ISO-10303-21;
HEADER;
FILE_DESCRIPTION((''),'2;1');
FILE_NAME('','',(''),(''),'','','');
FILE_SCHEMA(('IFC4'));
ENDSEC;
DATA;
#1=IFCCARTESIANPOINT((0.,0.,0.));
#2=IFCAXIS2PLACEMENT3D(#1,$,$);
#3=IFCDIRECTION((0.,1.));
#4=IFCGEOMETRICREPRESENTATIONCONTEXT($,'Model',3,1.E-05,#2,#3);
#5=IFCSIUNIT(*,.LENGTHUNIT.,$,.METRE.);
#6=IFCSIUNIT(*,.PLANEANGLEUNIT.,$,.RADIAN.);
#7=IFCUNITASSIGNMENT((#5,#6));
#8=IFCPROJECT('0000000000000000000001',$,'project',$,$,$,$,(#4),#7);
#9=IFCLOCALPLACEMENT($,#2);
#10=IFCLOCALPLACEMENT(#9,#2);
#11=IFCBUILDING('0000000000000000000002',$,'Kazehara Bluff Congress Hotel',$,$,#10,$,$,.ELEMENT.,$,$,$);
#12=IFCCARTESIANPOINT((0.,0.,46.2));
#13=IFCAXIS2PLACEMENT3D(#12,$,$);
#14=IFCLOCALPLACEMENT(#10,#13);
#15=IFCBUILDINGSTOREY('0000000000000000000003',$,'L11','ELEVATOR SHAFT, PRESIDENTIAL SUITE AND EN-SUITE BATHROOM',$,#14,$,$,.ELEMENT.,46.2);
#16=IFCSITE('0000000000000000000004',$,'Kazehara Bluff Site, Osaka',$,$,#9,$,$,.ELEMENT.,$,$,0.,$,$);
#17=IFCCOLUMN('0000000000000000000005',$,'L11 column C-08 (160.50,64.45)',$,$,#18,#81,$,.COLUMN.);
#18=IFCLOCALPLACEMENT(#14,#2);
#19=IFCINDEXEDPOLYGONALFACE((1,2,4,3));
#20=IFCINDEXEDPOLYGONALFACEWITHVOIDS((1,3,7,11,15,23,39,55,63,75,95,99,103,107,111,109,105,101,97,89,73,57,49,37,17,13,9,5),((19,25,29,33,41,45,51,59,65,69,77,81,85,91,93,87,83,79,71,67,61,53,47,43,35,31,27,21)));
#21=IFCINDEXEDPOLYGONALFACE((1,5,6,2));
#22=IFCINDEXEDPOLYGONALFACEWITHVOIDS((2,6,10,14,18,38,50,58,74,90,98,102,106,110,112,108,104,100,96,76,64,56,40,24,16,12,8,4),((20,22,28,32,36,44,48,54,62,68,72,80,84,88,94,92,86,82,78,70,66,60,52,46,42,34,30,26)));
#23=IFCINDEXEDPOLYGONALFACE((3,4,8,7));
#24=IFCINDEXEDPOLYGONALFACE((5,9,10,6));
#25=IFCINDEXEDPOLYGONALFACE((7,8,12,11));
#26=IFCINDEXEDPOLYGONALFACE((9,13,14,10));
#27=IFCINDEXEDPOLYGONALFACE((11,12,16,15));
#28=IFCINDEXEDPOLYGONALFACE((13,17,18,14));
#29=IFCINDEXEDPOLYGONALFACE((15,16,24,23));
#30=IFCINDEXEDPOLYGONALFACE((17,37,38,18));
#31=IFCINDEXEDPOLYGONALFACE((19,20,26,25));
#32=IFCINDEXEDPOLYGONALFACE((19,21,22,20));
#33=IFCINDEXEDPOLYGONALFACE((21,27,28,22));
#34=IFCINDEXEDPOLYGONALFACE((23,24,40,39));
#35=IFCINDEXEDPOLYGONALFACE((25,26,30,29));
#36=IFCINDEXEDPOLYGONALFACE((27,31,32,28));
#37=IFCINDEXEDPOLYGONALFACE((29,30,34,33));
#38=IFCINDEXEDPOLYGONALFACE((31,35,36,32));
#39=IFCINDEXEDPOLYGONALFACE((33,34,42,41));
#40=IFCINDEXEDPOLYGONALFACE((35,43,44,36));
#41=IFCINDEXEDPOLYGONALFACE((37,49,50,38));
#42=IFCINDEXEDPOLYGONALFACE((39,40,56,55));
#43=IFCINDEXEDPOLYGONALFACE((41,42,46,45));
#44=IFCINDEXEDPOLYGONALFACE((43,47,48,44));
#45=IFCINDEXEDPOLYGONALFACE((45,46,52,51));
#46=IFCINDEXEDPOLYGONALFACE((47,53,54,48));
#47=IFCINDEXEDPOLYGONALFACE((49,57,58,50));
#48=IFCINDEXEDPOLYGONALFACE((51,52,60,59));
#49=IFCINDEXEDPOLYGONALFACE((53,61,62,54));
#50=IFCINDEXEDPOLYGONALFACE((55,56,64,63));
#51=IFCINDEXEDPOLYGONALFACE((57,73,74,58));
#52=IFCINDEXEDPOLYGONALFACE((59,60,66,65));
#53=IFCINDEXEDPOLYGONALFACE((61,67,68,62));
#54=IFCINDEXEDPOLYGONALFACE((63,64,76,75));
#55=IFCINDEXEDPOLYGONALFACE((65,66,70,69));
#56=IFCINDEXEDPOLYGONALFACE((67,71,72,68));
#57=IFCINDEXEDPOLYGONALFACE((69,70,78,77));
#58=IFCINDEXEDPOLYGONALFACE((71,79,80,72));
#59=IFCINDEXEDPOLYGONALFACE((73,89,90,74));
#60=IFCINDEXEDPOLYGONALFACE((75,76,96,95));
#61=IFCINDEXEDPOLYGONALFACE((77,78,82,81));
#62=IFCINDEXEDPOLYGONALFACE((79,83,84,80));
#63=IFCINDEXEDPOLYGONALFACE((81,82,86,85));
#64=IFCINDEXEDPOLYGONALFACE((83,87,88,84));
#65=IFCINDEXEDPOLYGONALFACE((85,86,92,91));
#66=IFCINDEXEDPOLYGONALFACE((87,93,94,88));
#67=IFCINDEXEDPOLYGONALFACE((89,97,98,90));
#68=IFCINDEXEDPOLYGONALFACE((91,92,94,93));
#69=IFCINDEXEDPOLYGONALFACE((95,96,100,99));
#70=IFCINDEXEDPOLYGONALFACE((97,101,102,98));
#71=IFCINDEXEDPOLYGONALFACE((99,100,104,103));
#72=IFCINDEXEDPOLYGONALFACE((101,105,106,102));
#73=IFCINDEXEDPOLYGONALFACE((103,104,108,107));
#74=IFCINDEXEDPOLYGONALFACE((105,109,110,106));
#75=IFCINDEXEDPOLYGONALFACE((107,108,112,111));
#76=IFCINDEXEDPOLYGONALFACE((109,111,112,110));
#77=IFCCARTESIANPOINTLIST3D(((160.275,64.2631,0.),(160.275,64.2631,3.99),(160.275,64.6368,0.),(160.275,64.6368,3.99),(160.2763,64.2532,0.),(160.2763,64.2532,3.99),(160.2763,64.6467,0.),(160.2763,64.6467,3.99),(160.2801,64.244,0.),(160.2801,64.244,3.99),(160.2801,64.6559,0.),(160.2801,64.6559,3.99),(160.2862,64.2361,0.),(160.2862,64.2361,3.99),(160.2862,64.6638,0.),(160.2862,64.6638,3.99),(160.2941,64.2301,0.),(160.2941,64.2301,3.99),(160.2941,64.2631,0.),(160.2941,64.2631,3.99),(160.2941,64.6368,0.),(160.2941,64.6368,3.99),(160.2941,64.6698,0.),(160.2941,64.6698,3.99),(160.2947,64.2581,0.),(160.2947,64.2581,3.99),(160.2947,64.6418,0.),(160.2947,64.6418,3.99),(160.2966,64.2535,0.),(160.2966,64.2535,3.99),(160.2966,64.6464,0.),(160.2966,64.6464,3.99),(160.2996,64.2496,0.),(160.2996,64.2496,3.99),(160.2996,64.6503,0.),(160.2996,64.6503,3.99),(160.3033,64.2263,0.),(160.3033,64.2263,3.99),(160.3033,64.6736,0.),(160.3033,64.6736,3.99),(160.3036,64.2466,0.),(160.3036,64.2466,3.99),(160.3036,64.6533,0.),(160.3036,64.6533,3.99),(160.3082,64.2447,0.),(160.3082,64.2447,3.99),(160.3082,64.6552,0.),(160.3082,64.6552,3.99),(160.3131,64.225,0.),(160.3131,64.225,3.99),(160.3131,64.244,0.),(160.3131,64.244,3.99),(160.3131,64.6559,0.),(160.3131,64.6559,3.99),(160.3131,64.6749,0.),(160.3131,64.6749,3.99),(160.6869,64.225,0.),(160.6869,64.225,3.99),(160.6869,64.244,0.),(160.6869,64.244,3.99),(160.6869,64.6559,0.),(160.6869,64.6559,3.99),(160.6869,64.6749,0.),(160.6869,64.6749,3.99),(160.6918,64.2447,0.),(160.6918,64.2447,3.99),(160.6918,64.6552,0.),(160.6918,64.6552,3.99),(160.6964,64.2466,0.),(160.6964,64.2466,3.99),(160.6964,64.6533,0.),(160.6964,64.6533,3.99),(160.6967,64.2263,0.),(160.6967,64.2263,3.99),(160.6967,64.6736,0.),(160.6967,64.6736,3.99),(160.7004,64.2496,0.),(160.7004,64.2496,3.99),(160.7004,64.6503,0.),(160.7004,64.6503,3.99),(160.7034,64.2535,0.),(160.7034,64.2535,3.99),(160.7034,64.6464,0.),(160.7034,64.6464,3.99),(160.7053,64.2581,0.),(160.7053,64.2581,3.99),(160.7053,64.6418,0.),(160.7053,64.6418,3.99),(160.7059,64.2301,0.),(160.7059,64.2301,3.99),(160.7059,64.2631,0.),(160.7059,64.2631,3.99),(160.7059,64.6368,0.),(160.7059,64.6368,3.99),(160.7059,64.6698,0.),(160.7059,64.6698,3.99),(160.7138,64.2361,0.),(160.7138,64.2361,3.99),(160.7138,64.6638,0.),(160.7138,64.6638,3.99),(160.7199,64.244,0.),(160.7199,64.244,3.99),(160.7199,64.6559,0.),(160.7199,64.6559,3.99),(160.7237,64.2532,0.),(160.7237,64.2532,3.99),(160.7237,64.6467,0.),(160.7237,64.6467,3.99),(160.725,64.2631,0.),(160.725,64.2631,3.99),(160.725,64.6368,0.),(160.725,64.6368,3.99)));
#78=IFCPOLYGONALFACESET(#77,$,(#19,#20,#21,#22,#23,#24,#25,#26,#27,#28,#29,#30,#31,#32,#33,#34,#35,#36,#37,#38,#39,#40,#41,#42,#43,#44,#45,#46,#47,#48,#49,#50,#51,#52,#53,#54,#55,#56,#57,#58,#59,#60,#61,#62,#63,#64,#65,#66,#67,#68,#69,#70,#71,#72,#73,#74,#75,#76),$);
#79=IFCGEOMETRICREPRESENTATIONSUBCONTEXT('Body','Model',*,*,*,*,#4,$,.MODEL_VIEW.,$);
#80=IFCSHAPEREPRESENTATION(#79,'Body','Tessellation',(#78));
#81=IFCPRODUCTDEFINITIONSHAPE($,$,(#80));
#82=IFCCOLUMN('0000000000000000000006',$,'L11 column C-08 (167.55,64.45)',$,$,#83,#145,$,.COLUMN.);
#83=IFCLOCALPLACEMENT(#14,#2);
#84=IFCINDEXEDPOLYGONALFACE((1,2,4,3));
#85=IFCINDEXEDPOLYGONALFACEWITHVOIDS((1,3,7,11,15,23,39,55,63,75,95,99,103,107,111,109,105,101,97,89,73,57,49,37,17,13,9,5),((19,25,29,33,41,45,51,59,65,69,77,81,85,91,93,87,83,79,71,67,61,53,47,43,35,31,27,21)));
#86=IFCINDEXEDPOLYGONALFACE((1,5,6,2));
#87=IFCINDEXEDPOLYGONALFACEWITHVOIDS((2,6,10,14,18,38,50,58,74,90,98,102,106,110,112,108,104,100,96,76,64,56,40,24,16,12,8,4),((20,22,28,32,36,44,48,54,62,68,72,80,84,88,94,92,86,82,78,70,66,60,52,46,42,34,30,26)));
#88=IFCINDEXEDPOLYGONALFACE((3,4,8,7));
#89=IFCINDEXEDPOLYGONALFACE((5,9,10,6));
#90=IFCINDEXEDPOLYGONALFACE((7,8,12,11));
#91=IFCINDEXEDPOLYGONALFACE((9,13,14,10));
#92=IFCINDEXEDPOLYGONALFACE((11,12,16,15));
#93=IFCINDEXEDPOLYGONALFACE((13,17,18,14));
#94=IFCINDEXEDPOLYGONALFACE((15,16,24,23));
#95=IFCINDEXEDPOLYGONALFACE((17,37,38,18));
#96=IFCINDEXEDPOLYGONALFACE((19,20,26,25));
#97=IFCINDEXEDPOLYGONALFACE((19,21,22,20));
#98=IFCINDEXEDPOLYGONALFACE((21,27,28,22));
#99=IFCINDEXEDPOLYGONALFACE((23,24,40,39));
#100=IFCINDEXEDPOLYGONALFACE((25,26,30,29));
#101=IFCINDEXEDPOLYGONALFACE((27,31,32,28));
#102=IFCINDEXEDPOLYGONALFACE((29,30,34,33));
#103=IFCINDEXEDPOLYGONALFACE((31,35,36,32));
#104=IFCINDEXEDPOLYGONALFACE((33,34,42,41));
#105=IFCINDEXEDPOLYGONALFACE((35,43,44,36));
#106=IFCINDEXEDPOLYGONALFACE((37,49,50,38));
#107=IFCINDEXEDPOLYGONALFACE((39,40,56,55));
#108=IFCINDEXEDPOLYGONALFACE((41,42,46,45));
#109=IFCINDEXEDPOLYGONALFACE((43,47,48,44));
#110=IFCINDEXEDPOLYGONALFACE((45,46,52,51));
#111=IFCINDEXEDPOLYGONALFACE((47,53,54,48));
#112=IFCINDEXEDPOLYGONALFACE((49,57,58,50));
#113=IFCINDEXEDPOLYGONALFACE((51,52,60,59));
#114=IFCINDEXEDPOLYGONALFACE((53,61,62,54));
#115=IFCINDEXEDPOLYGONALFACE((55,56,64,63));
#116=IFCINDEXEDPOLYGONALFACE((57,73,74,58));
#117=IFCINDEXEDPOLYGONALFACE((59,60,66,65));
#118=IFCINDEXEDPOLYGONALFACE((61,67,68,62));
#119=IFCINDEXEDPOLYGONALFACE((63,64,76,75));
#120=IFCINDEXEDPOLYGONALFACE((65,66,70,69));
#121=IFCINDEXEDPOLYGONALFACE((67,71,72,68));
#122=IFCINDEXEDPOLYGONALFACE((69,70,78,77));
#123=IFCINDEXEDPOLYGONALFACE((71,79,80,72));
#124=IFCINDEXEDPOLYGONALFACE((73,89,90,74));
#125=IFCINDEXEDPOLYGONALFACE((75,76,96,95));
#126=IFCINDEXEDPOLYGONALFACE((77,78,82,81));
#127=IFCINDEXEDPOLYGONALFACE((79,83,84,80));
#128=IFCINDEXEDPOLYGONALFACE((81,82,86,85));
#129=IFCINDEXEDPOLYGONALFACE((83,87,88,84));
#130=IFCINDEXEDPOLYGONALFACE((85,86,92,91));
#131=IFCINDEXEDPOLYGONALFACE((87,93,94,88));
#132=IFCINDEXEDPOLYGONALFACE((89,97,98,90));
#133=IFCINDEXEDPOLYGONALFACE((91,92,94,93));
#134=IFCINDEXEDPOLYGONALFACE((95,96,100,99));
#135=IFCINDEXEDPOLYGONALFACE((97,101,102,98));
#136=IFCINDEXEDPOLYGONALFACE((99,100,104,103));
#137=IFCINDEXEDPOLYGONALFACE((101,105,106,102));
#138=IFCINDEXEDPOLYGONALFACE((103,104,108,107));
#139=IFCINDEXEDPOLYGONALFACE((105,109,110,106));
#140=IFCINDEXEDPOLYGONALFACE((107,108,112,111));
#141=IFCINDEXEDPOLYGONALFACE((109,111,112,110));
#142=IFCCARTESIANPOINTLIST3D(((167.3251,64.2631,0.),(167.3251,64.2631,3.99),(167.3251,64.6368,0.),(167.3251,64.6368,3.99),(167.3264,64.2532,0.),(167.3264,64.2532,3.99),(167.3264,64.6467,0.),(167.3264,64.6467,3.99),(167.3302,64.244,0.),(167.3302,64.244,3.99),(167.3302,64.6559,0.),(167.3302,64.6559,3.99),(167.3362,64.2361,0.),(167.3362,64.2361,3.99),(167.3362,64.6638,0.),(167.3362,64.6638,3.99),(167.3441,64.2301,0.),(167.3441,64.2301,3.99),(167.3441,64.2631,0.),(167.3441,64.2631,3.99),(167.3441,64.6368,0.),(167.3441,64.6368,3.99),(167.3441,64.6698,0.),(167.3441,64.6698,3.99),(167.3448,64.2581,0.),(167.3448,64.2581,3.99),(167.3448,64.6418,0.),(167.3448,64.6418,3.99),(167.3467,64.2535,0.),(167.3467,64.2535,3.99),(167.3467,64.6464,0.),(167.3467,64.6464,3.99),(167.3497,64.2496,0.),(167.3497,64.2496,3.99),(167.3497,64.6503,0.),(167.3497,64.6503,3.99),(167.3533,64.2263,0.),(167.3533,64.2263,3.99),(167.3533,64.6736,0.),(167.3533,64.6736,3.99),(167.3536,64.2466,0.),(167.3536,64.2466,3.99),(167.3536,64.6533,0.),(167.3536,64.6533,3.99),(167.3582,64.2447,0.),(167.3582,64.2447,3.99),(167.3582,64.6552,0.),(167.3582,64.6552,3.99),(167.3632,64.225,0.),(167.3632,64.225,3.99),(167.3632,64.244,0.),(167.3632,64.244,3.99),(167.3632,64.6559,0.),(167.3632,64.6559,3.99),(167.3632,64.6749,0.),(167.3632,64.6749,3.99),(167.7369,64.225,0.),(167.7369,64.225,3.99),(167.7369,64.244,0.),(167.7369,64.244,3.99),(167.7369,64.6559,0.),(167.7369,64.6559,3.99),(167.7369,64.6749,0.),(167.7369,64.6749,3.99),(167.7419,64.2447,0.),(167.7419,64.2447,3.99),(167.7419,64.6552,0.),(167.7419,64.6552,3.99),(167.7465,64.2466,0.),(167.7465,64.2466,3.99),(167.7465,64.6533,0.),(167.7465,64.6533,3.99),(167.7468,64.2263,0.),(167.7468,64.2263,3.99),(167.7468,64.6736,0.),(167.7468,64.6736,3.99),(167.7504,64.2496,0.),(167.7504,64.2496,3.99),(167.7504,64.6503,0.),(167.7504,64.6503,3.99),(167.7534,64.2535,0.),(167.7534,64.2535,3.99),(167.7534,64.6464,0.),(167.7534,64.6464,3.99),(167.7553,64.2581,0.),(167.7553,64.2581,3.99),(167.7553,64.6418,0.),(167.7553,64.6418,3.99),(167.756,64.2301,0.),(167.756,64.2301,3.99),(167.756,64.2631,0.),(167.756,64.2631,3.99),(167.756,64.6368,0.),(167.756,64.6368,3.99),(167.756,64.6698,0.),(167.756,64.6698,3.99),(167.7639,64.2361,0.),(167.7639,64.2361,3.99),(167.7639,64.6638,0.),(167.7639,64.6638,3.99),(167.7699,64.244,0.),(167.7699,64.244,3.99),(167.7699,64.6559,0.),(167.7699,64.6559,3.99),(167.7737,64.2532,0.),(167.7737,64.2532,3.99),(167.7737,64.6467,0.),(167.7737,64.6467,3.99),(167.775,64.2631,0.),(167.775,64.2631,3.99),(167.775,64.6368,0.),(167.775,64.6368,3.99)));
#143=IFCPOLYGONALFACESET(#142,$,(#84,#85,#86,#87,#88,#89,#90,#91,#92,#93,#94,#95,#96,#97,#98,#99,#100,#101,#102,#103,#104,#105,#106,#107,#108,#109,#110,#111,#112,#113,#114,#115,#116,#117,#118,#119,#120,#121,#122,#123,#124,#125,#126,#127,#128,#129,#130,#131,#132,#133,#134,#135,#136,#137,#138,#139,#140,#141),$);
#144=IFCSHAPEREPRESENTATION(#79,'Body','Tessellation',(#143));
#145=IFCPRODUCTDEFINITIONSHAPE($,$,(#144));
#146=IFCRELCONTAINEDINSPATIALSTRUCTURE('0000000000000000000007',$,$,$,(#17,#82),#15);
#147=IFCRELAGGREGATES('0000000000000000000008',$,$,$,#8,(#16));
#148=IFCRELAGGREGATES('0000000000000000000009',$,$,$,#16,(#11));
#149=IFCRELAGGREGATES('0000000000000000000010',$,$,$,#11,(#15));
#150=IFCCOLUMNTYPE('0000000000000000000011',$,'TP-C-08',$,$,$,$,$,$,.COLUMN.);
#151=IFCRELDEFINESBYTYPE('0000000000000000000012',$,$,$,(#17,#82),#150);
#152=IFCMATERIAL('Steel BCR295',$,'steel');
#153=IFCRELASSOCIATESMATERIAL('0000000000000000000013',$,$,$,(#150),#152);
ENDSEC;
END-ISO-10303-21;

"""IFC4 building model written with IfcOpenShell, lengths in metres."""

from ifc_helpers import new_model, si_unit, direction, frame, origin, origin_2d, place, context, subcontext, project, spatial, hollow_rectangle, extrude, material, material_profile, profile_set, type_object, element, save


model = new_model("IFC4")

# Units and contexts
model_context = context("Model", 3, precision=1e-05, world=origin(), true_north=direction((0.0, 1.0)))
body_context = subcontext(model_context, "Body", "Model", "MODEL_VIEW")
ifc_project = project(units=[si_unit("LENGTHUNIT", "METRE"), si_unit("PLANEANGLEUNIT", "RADIAN")], contexts=[model_context])

# Site, building, storey
site_placement = place(None, origin())
site = spatial("IfcSite", under=ifc_project, at=site_placement, Name="Kazehara Bluff Site, Osaka", CompositionType="ELEMENT", RefElevation=0.0)
building_placement = place(site_placement, origin())
building = spatial("IfcBuilding", under=site, at=building_placement, Name="Kazehara Bluff Congress Hotel", CompositionType="ELEMENT")
storey_placement = place(building_placement, frame((0.0, 0.0, 46.2)))
storey = spatial("IfcBuildingStorey", under=building, at=storey_placement, Name="L11", Description="ELEVATOR SHAFT, PRESIDENTIAL SUITE AND EN-SUITE BATHROOM", CompositionType="ELEMENT", Elevation=46.2)

# Columns
ifc_material_1 = material(Name="Steel BCR295", Category="steel")
ifc_material_profile_1 = material_profile(ifc_material_1, hollow_rectangle(XDim=0.45, YDim=0.45, WallThickness=0.019, InnerFilletRadius=0.019, OuterFilletRadius=0.0381, at=origin_2d()))
ifc_profile_set_1 = profile_set([ifc_material_profile_1], Name="Steel BCR295")
column_type = type_object("IfcColumnType", Name="TP-C-08", PredefinedType="COLUMN", material=ifc_profile_set_1)
for number, where, z_axis, x_axis, name in (
    (1, (160.5, 64.45, 0.0), (0.0, 0.0, 1.0), (1.0, 0.0, 0.0), "L11 column C-08 (160.50,64.45)"),
    (2, (167.55, 64.45, 0.0), (0.0, 0.0, 1.0), (1.0, 0.0, 0.0), "L11 column C-08 (167.55,64.45)"),
):
    element("IfcColumn", number, at=place(storey_placement, frame(where, z_axis=z_axis, x_axis=x_axis)), inside=storey, type_object=column_type, Name=name, PredefinedType="COLUMN", context=body_context, shape_type="SweptSolid", body=[
        extrude(hollow_rectangle(XDim=0.45, YDim=0.45, WallThickness=0.019, InnerFilletRadius=0.019, OuterFilletRadius=0.0381, at=origin_2d()), origin(), (0.0, 0.0, 1.0), 3.99),
    ])

save(model, "model.ifc")
